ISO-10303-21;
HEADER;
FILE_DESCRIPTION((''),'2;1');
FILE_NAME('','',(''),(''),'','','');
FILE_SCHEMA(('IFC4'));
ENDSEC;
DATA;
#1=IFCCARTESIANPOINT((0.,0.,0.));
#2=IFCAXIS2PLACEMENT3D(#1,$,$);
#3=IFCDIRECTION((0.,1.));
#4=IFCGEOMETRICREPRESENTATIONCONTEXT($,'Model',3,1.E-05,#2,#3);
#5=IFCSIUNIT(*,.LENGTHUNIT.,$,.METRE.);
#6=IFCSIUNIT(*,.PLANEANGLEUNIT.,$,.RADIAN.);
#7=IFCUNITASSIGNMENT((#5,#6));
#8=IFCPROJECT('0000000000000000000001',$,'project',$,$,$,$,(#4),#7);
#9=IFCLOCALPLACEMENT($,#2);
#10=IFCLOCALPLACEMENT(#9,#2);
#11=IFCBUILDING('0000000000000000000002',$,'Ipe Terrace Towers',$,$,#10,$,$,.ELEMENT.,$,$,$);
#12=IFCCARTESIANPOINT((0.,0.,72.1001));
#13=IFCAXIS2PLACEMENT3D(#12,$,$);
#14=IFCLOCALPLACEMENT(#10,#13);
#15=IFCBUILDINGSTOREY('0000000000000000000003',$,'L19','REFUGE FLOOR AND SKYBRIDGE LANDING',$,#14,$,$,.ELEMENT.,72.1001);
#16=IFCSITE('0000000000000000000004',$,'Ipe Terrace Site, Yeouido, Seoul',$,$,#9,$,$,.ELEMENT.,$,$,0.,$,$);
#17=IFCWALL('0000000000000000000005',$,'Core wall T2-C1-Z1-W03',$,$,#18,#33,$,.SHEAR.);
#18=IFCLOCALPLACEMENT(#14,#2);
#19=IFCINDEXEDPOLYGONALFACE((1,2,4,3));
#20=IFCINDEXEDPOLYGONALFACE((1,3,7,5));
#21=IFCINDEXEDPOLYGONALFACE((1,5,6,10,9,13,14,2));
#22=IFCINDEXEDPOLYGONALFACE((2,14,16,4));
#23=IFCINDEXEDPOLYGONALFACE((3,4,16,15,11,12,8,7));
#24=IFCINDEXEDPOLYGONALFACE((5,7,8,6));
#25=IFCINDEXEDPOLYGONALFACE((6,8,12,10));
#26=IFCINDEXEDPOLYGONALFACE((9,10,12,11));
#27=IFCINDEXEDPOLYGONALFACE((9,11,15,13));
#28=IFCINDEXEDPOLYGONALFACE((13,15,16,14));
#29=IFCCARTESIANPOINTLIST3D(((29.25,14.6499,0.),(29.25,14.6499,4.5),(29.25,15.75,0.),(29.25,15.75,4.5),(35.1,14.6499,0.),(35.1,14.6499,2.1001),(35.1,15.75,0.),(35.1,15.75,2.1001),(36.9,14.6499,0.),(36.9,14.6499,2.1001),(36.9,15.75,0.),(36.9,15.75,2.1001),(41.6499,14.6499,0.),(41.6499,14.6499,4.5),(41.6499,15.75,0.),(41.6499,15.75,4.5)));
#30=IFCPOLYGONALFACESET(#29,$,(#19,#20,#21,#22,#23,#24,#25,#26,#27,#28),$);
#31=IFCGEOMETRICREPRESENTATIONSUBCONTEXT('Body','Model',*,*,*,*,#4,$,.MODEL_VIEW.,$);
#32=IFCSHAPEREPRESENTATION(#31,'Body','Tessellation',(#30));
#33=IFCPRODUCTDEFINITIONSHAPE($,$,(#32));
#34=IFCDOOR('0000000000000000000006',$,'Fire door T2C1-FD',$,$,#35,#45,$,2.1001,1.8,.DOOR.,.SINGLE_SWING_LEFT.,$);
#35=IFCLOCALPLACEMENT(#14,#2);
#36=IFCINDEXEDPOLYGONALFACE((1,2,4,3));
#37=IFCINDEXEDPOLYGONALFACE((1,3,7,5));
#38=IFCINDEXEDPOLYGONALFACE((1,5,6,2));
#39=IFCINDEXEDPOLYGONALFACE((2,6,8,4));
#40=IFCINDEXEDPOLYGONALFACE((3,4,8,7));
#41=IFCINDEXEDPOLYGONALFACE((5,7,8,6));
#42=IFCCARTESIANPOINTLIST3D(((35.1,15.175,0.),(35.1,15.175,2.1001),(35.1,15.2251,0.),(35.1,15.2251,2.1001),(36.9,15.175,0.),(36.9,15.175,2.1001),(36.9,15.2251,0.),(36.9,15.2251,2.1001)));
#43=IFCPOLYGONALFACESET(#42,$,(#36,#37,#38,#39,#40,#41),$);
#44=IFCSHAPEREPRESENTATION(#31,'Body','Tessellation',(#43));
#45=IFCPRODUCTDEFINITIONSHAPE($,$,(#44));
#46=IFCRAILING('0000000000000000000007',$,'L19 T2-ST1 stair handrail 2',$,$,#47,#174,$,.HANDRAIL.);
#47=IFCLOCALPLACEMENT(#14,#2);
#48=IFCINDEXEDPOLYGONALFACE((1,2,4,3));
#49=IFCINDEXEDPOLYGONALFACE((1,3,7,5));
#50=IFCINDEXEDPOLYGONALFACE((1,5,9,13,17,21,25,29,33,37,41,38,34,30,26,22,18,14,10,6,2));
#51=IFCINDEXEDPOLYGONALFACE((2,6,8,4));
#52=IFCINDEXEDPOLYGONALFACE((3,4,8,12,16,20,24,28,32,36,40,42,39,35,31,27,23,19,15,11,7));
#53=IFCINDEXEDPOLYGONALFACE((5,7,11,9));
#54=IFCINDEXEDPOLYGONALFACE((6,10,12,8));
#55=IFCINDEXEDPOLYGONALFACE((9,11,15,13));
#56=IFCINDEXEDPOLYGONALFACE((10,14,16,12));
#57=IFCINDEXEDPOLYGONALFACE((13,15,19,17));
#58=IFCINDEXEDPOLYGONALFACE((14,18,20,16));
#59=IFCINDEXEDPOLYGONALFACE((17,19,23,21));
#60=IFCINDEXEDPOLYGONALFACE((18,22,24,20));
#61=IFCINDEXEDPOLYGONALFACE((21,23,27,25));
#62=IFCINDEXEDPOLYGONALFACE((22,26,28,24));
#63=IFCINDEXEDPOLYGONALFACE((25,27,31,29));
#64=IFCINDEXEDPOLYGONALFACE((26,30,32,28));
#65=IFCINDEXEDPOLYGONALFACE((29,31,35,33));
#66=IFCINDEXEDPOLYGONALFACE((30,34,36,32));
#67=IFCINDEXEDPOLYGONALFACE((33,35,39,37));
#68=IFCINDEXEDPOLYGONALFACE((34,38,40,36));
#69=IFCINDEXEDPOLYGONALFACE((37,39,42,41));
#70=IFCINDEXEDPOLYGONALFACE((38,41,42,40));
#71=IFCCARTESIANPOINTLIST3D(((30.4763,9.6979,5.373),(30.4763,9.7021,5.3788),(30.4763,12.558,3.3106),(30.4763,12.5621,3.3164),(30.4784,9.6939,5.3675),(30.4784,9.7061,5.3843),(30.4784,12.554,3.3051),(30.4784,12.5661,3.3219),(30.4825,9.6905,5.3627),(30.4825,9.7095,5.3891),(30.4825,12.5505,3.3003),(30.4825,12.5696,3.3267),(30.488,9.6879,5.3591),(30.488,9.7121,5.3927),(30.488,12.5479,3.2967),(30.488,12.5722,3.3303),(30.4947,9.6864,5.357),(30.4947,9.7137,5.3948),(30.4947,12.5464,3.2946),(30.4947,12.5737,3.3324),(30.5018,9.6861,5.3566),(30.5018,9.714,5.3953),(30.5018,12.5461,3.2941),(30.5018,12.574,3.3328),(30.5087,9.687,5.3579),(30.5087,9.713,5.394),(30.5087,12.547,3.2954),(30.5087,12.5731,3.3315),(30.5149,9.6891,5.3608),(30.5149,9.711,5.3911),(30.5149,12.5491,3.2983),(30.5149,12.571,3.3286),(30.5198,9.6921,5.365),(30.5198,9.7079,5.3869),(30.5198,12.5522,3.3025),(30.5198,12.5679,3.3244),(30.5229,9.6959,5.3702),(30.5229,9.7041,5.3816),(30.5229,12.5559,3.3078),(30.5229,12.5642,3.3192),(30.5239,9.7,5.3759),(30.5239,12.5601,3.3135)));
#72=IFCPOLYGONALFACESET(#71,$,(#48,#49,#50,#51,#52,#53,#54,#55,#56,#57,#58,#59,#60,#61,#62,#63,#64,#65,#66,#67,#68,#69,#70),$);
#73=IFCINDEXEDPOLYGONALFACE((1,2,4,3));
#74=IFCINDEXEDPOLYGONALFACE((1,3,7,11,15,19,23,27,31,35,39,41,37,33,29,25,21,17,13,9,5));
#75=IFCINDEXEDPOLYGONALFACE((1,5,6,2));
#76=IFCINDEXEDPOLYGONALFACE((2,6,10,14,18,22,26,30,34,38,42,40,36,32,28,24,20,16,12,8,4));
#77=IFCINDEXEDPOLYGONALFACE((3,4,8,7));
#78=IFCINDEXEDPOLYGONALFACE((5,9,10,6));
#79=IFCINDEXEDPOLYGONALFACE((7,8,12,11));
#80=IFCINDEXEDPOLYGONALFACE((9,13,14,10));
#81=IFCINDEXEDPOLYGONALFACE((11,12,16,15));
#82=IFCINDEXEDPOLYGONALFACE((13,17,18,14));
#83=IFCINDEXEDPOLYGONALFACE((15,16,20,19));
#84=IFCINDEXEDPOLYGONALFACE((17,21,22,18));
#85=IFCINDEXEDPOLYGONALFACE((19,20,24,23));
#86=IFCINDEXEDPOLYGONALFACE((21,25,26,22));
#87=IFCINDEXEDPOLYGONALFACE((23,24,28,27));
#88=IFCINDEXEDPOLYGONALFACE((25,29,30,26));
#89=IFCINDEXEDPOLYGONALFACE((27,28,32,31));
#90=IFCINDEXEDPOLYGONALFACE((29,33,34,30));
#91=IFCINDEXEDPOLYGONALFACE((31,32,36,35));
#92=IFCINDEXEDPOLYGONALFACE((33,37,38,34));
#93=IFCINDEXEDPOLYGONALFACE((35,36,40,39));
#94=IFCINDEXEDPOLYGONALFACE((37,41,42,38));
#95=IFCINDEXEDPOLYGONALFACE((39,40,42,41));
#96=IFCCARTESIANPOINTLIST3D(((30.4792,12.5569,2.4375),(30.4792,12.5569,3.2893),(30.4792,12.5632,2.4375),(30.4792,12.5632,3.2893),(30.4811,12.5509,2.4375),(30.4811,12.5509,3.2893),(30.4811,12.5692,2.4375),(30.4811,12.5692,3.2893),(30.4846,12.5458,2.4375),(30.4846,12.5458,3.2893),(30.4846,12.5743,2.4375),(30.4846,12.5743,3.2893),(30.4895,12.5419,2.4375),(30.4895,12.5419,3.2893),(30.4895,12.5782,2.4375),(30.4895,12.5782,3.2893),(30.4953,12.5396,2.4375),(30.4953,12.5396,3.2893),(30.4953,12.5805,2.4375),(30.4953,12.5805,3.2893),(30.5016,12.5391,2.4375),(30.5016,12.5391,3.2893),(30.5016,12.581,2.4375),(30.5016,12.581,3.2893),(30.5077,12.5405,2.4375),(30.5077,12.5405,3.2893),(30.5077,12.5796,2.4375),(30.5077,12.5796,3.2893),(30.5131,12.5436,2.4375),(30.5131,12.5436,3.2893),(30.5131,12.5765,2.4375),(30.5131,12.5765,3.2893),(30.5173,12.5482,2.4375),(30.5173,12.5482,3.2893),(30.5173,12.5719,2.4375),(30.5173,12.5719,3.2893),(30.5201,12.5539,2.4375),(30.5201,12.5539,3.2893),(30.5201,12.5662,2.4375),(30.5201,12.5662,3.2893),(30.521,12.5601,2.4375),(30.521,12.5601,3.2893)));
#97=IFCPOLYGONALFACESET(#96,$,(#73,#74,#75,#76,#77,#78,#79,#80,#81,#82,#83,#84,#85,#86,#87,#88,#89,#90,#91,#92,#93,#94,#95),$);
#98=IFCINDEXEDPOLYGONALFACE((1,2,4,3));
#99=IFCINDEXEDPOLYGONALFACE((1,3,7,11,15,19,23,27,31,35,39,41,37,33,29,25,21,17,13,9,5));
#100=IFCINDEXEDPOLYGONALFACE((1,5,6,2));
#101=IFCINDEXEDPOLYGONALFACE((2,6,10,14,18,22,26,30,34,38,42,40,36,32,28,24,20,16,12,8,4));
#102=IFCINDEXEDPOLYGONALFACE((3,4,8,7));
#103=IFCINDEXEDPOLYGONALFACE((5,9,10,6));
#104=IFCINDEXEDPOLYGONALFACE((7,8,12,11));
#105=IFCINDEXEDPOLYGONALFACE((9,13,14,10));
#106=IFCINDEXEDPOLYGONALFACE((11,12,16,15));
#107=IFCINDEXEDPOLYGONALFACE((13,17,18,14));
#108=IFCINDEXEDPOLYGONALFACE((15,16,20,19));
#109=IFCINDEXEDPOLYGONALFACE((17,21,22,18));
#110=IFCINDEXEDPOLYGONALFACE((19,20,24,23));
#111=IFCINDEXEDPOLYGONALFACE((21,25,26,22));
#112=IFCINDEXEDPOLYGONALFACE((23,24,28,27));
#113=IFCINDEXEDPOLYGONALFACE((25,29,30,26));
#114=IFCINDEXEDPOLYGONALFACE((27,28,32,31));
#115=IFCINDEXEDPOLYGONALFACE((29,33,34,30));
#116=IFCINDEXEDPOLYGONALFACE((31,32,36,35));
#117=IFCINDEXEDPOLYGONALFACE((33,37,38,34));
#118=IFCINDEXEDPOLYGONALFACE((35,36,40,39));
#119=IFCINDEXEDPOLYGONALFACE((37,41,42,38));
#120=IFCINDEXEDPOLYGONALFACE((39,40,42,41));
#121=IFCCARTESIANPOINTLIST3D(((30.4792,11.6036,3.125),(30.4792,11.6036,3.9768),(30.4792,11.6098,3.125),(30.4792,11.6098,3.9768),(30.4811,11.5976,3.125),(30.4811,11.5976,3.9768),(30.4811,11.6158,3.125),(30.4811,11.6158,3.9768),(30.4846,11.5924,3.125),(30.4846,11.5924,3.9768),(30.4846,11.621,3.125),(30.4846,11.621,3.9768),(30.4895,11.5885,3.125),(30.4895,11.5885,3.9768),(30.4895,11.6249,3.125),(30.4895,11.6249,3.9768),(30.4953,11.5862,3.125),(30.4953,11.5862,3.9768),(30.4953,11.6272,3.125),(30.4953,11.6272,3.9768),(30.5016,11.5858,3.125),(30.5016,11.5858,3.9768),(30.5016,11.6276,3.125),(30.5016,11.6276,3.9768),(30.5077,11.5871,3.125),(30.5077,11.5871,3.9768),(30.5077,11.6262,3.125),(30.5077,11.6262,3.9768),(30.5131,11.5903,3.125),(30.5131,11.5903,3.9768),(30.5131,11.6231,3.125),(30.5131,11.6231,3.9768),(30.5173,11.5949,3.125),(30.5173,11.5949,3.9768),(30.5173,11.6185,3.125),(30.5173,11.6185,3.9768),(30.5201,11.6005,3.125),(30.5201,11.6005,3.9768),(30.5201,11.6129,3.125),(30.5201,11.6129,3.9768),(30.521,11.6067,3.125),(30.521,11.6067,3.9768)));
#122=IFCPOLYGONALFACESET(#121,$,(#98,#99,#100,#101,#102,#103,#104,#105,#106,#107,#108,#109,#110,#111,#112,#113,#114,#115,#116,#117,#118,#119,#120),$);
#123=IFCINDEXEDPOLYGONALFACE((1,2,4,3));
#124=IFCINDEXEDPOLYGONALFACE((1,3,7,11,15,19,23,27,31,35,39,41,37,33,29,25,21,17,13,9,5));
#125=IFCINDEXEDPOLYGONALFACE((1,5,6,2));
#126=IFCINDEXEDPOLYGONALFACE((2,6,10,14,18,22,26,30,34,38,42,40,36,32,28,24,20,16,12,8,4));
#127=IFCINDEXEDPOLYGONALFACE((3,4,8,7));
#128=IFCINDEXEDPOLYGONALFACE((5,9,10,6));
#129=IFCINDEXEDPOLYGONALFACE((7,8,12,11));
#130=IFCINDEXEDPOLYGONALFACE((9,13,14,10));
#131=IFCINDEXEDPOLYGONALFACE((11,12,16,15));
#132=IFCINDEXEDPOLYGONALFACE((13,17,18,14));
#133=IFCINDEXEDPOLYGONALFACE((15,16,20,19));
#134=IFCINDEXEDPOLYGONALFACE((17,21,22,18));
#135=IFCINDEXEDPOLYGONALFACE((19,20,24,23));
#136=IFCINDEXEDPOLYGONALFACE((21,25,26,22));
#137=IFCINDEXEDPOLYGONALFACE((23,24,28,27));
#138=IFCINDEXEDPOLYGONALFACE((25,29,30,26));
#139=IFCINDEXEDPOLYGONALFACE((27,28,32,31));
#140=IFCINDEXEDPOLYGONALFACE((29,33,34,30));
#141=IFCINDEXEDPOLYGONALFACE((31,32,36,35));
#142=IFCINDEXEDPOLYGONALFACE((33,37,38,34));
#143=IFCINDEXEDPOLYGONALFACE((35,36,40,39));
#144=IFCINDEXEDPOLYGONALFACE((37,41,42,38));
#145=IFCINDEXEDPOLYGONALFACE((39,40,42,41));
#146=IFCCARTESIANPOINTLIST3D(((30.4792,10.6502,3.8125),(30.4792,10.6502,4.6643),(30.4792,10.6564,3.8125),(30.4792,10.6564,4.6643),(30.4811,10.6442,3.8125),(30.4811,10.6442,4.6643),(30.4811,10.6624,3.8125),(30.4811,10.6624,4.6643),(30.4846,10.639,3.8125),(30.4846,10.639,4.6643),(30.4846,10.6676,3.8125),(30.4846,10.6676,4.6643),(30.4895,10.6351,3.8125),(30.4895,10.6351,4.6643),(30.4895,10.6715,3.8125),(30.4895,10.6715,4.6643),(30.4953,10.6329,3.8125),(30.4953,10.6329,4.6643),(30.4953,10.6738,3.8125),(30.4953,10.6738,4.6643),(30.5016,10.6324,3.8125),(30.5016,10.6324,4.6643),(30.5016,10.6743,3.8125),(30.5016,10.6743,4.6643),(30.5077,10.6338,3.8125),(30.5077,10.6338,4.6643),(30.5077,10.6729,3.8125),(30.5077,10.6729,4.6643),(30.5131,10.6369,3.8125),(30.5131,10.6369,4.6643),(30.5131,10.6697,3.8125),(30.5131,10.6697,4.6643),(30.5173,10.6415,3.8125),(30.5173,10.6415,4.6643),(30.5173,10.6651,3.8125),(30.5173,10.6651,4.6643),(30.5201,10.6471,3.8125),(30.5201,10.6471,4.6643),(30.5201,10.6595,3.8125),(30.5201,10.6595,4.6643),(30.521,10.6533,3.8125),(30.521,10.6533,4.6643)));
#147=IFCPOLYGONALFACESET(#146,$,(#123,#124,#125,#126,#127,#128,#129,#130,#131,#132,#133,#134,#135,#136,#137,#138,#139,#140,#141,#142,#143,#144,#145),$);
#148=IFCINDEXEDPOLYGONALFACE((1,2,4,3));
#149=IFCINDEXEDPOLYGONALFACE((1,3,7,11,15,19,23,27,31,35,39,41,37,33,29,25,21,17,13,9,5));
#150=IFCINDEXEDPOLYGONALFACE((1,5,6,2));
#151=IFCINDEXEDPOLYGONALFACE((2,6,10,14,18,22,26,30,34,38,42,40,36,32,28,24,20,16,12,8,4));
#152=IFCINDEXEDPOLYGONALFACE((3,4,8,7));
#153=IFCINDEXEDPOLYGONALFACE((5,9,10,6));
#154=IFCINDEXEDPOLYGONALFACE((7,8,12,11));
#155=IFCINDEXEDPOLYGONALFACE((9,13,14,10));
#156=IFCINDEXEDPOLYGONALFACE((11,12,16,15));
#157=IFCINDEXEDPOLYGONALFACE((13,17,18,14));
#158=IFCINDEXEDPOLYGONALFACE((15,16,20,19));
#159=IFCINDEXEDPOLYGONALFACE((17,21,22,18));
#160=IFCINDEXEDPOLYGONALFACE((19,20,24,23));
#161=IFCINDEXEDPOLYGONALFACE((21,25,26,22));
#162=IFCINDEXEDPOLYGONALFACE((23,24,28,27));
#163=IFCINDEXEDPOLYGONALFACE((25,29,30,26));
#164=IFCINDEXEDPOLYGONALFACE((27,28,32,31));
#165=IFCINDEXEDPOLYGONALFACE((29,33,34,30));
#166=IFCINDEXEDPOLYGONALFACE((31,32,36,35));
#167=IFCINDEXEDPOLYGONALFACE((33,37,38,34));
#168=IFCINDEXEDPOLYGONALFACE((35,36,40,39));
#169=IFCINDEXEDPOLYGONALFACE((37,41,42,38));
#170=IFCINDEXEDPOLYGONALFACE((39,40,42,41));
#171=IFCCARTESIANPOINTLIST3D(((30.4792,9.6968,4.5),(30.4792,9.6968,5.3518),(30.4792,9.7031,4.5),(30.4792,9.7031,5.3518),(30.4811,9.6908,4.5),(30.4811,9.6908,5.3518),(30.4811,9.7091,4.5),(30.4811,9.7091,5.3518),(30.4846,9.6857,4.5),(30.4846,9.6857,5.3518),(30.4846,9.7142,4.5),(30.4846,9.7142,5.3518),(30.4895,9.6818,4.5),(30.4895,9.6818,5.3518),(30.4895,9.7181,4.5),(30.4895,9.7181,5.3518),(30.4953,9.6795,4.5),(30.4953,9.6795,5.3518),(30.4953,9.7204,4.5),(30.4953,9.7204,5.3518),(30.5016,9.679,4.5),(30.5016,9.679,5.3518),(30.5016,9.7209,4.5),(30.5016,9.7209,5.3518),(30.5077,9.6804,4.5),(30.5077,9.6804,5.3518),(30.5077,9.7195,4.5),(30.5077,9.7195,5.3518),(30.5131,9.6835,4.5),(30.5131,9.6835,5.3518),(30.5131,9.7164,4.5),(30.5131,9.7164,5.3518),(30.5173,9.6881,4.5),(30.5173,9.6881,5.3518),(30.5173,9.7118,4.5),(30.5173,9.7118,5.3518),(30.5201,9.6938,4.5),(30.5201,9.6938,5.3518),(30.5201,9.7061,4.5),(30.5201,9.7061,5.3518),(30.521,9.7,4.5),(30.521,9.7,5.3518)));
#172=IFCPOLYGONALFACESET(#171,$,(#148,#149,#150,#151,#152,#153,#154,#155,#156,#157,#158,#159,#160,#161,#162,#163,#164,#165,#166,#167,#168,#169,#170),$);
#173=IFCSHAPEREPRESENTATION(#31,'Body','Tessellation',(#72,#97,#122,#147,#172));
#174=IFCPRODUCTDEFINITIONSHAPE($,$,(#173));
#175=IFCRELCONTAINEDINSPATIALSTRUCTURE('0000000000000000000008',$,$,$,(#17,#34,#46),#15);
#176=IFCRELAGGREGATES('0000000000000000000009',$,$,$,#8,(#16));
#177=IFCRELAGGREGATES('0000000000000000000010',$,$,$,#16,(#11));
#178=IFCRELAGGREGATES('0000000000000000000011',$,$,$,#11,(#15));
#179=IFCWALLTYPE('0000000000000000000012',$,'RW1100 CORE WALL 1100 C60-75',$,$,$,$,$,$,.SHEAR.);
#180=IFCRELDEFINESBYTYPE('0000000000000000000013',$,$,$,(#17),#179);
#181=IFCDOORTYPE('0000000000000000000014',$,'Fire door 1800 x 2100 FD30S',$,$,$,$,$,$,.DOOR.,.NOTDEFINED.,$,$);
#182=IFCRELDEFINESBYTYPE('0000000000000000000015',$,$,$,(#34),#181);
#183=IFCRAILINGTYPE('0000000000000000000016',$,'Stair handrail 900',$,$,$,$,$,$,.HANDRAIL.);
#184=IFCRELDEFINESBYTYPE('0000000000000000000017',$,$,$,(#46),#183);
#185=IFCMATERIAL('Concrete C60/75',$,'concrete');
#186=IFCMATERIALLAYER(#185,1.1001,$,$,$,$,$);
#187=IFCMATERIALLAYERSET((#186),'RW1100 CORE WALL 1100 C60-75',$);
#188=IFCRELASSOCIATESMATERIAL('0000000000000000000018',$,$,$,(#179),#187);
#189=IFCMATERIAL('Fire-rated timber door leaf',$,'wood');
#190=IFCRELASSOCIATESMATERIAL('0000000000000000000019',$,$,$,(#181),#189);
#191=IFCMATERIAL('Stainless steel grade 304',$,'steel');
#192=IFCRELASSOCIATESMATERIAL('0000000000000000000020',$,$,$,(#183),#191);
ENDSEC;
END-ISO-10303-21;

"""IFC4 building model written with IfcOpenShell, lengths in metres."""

from ifc_helpers import new_model, si_unit, direction, frame, frame_2d, origin, origin_2d, place, context, subcontext, project, spatial, rectangle, circle, extrude, material, layer, layer_set, type_object, element, fill, save


model = new_model("IFC4")

# Units and contexts
model_context = context("Model", 3, precision=1e-05, world=origin(), true_north=direction((0.0, 1.0)))
body_context = subcontext(model_context, "Body", "Model", "MODEL_VIEW")
ifc_project = project(units=[si_unit("LENGTHUNIT", "METRE"), si_unit("PLANEANGLEUNIT", "RADIAN")], contexts=[model_context])

# Site, building, storey
site_placement = place(None, origin())
site = spatial("IfcSite", under=ifc_project, at=site_placement, Name="Ipe Terrace Site, Yeouido, Seoul", CompositionType="ELEMENT", RefElevation=0.0)
building_placement = place(site_placement, origin())
building = spatial("IfcBuilding", under=site, at=building_placement, Name="Ipe Terrace Towers", CompositionType="ELEMENT")
storey_placement = place(building_placement, frame((0.0, 0.0, 72.1001)))
storey = spatial("IfcBuildingStorey", under=building, at=storey_placement, Name="L19", Description="REFUGE FLOOR AND SKYBRIDGE LANDING", CompositionType="ELEMENT", Elevation=72.1001)

# Wall, opening, door
ifc_material_1 = material(Name="Concrete C60/75", Category="concrete")
ifc_layer_1 = layer(ifc_material_1, 1.1001)
ifc_layer_set_1 = layer_set([ifc_layer_1], Name="RW1100 CORE WALL 1100 C60-75")
wall_type_1 = type_object("IfcWallType", Name="RW1100 CORE WALL 1100 C60-75", PredefinedType="SHEAR", material=ifc_layer_set_1)
wall_1_placement = place(storey_placement, frame((41.6499, 15.2, 0.0), z_axis=(0.0, 0.0, 1.0), x_axis=(-1.0, 0.0, 0.0)))
wall_1 = element("IfcWall", 1, at=wall_1_placement, inside=storey, type_object=wall_type_1, Name="Core wall T2-C1-Z1-W03", PredefinedType="SHEAR", context=body_context, shape_type="SweptSolid", body=[
    extrude(rectangle(XDim=12.3999, YDim=1.1001, at=frame_2d((6.2, 0.0))), origin(), (0.0, 0.0, 1.0), 4.5),
])
opening_1_placement = place(wall_1_placement, frame((4.75, 0.0, 0.0)))
opening_1 = element("IfcOpeningElement", 2, at=opening_1_placement, cuts=wall_1, PredefinedType="OPENING", context=body_context, shape_type="SweptSolid", body=[
    extrude(rectangle(XDim=1.8, YDim=2.1001, at=frame_2d((0.8999, 1.05))), frame((0.0, 0.5601, 0.0), z_axis=(0.0, -1.0, 0.0), x_axis=(1.0, 0.0, 0.0)), (0.0, 0.0, 1.0), 1.1201),
])
ifc_material_2 = material(Name="Fire-rated timber door leaf", Category="wood")
door_type_1 = type_object("IfcDoorType", Name="Fire door 1800 x 2100 FD30S", OperationType="NOTDEFINED", PredefinedType="DOOR", material=ifc_material_2)
door_1_placement = place(opening_1_placement, origin())
door_1 = element("IfcDoor", 3, at=door_1_placement, inside=storey, type_object=door_type_1, Name="Fire door T2C1-FD", OperationType="SINGLE_SWING_LEFT", OverallHeight=2.1001, OverallWidth=1.8, PredefinedType="DOOR", context=body_context, shape_type="SweptSolid", body=[
    extrude(rectangle(XDim=1.8, YDim=2.1001, at=frame_2d((0.8999, 1.05))), frame((0.0, 0.0249, 0.0), z_axis=(0.0, -1.0, 0.0), x_axis=(1.0, 0.0, 0.0)), (0.0, 0.0, 1.0), 0.05),
])
fill(opening_1, door_1)

# Railing
ifc_material_3 = material(Name="Stainless steel grade 304", Category="steel")
railing_type = type_object("IfcRailingType", Name="Stair handrail 900", PredefinedType="HANDRAIL", material=ifc_material_3)
railing_placement = place(storey_placement, frame((30.5, 12.5601, 2.4375)))
element("IfcRailing", 4, at=railing_placement, inside=storey, type_object=railing_type, Name="L19 T2-ST1 stair handrail 2", PredefinedType="HANDRAIL", context=body_context, shape_type="SweptSolid", body=[
    extrude(circle(Radius=0.0239, at=origin_2d()), frame((0.0, 0.0, 0.876), z_axis=(0.0, -0.811101, 0.584906), x_axis=(1.0, 0.0, 0.0)), (0.0, 0.0, 1.0), 3.5261),
    extrude(circle(Radius=0.021, at=origin_2d()), origin(), (0.0, 0.0, 1.0), 0.8518),
    extrude(circle(Radius=0.021, at=origin_2d()), frame((0.0, -0.9534, 0.6875)), (0.0, 0.0, 1.0), 0.8518),
    extrude(circle(Radius=0.021, at=origin_2d()), frame((0.0, -1.9067, 1.375)), (0.0, 0.0, 1.0), 0.8518),
    extrude(circle(Radius=0.021, at=origin_2d()), frame((0.0, -2.8601, 2.0625)), (0.0, 0.0, 1.0), 0.8518),
])

save(model, "model.ifc")
